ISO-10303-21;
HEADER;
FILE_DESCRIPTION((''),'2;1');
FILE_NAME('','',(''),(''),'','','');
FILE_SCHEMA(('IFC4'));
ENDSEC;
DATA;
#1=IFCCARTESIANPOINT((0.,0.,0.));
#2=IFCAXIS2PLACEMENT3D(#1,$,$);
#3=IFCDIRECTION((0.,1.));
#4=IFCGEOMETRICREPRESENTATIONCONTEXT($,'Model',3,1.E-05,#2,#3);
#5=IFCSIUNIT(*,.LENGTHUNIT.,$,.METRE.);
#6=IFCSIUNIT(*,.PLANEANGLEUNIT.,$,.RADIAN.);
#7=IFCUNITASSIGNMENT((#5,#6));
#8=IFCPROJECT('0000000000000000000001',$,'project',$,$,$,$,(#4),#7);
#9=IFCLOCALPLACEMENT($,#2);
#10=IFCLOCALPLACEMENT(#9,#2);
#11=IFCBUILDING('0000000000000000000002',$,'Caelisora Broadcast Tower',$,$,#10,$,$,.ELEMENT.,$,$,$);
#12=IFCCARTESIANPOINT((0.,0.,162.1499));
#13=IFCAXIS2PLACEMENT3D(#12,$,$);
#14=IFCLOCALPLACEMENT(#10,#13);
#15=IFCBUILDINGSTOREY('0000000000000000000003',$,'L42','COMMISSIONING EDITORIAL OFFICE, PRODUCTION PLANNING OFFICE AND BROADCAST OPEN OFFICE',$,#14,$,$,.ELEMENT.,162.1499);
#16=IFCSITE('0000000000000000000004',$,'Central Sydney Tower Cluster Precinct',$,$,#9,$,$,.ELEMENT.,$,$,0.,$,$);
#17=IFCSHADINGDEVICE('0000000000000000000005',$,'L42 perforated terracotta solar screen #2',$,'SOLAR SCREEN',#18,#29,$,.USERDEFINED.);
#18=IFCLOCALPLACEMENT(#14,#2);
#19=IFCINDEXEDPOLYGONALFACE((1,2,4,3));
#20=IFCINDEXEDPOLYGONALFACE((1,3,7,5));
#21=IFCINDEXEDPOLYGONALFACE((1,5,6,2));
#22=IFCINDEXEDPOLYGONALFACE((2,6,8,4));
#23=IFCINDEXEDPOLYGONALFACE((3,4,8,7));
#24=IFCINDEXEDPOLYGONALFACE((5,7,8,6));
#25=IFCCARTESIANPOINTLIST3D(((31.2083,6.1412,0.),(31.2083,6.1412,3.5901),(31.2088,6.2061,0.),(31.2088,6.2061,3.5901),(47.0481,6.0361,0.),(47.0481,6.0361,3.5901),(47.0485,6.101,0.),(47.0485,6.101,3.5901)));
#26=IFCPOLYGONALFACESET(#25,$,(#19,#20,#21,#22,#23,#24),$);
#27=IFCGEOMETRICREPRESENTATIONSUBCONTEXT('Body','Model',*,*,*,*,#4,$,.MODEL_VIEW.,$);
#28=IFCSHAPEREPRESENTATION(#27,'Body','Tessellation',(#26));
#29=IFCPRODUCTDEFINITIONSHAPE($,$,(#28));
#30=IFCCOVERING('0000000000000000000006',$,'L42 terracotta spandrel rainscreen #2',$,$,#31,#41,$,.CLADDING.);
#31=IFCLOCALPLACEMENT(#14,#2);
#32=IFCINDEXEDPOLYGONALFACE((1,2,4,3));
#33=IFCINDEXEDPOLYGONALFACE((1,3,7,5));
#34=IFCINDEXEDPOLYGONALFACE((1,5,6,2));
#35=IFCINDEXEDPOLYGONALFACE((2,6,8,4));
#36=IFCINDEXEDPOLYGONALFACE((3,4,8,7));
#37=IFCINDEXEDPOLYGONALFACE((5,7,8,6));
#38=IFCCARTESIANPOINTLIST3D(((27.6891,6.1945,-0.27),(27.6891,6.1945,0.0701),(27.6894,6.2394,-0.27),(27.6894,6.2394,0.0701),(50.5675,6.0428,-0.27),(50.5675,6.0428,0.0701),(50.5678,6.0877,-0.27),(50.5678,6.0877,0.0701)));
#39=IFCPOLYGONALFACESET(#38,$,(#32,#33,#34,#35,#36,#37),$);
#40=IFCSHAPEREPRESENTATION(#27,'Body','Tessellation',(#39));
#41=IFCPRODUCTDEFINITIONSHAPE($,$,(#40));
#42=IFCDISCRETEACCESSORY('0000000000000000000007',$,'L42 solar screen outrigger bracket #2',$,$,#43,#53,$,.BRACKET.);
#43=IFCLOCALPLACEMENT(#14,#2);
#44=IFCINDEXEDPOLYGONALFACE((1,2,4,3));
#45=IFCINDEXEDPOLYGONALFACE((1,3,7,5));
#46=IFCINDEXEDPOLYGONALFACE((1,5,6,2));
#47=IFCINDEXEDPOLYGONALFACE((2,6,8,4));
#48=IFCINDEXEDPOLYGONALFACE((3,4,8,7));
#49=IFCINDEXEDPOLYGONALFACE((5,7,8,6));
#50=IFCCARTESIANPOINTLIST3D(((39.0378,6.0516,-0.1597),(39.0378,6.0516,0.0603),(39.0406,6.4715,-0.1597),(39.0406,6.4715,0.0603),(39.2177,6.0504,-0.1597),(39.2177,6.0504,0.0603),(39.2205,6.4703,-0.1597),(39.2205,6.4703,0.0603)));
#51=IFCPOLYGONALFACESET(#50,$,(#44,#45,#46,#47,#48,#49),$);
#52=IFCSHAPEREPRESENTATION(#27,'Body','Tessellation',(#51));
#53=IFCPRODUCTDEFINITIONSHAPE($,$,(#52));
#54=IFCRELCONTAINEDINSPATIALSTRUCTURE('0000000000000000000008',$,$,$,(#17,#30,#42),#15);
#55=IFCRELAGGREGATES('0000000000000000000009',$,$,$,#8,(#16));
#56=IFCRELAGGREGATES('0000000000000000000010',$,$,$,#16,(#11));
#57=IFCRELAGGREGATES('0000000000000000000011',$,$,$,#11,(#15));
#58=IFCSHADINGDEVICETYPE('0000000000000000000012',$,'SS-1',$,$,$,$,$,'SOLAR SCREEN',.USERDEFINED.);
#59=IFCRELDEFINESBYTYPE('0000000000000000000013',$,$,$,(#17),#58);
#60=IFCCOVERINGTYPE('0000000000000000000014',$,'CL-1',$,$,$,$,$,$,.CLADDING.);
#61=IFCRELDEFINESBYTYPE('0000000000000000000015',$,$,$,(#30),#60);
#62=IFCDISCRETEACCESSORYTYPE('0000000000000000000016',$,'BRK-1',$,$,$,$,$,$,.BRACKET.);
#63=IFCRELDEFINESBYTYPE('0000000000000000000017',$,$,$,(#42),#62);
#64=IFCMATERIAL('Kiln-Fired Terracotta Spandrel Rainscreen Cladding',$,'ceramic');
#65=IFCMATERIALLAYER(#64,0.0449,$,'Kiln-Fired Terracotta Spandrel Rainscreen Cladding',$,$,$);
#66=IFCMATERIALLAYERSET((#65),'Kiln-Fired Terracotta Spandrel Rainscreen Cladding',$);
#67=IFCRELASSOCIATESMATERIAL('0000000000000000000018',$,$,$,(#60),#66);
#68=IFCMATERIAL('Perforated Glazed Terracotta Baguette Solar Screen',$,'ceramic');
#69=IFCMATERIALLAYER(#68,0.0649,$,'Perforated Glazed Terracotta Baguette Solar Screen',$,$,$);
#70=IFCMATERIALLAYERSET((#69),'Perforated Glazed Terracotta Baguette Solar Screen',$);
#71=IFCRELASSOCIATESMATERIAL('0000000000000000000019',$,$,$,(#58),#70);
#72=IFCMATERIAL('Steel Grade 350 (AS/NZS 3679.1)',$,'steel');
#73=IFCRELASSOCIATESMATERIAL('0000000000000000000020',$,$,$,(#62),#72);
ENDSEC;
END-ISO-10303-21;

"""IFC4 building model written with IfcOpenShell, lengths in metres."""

from ifc_helpers import new_model, si_unit, direction, frame, origin, origin_2d, place, context, subcontext, project, spatial, rectangle, extrude, source, transform, mapped, material, layer, layer_set, type_object, type_shapes, element, save


model = new_model("IFC4")

# Units and contexts
model_context = context("Model", 3, precision=1e-05, world=origin(), true_north=direction((0.0, 1.0)))
body_context = subcontext(model_context, "Body", "Model", "MODEL_VIEW")
ifc_project = project(units=[si_unit("LENGTHUNIT", "METRE"), si_unit("PLANEANGLEUNIT", "RADIAN")], contexts=[model_context])

# Site, building, storey
site_placement = place(None, origin())
site = spatial("IfcSite", under=ifc_project, at=site_placement, Name="Central Sydney Tower Cluster Precinct", CompositionType="ELEMENT", RefElevation=0.0)
building_placement = place(site_placement, origin())
building = spatial("IfcBuilding", under=site, at=building_placement, Name="Caelisora Broadcast Tower", CompositionType="ELEMENT")
storey_placement = place(building_placement, frame((0.0, 0.0, 162.1499)))
storey = spatial("IfcBuildingStorey", under=building, at=storey_placement, Name="L42", Description="COMMISSIONING EDITORIAL OFFICE, PRODUCTION PLANNING OFFICE AND BROADCAST OPEN OFFICE", CompositionType="ELEMENT", Elevation=162.1499)

# Shared definitions
ifc_material_1 = material(Name="Steel Grade 350 (AS/NZS 3679.1)", Category="steel")

# Shared definitions
ifc_material_2 = material(Name="Kiln-Fired Terracotta Spandrel Rainscreen Cladding", Category="ceramic")
ifc_layer_1 = layer(ifc_material_2, 0.0449, Name="Kiln-Fired Terracotta Spandrel Rainscreen Cladding")
ifc_layer_set_1 = layer_set([ifc_layer_1], Name="Kiln-Fired Terracotta Spandrel Rainscreen Cladding")
covering_type = type_object("IfcCoveringType", Name="CL-1", PredefinedType="CLADDING", material=ifc_layer_set_1)

# Shading device
ifc_material_3 = material(Name="Perforated Glazed Terracotta Baguette Solar Screen", Category="ceramic")
ifc_layer_2 = layer(ifc_material_3, 0.0649, Name="Perforated Glazed Terracotta Baguette Solar Screen")
ifc_layer_set_2 = layer_set([ifc_layer_2], Name="Perforated Glazed Terracotta Baguette Solar Screen")
shading_device_type_1 = type_object("IfcShadingDeviceType", Name="SS-1", ElementType="SOLAR SCREEN", PredefinedType="USERDEFINED", material=ifc_layer_set_2)
shared_shape_1 = source(origin(), body_context, "Body", "SweptSolid", [
    extrude(rectangle(XDim=15.8401, YDim=0.0649, at=origin_2d()), origin(), (0.0, 0.0, 1.0), 3.5901),
])
type_shapes(shading_device_type_1, [shared_shape_1])
shading_device_1_placement = place(storey_placement, frame((39.1284, 6.1211, 0.0), z_axis=(0.0, 0.0, 1.0), x_axis=(0.999978, -0.006632, 0.0)))
element("IfcShadingDevice", 1, at=shading_device_1_placement, inside=storey, type_object=shading_device_type_1, Name="L42 perforated terracotta solar screen #2", ObjectType="SOLAR SCREEN", PredefinedType="USERDEFINED", context=body_context, shape_type="MappedRepresentation", body=[
    mapped(shared_shape_1, transform((0.0, 0.0, 0.0), scale=1.0)),
])

# Covering
shared_shape_2 = source(origin(), body_context, "Body", "SweptSolid", [
    extrude(rectangle(XDim=22.8789, YDim=0.0449, at=origin_2d()), origin(), (0.0, 0.0, 1.0), 0.3401),
])
covering_1_placement = place(storey_placement, frame((39.1284, 6.1411, -0.27), z_axis=(0.0, 0.0, 1.0), x_axis=(0.999978, -0.006632, 0.0)))
element("IfcCovering", 2, at=covering_1_placement, inside=storey, type_object=covering_type, Name="L42 terracotta spandrel rainscreen #2", PredefinedType="CLADDING", context=body_context, shape_type="MappedRepresentation", body=[
    mapped(shared_shape_2, transform((0.0, 0.0, 0.0), scale=1.0)),
])

# Discrete accessory
discrete_accessory_type = type_object("IfcDiscreteAccessoryType", Name="BRK-1", PredefinedType="BRACKET", material=ifc_material_1)
shared_shape_3 = source(origin(), body_context, "Body", "SweptSolid", [
    extrude(rectangle(XDim=0.1799, YDim=0.4199, at=origin_2d()), origin(), (0.0, 0.0, 1.0), 0.22),
])
type_shapes(discrete_accessory_type, [shared_shape_3])
discrete_accessory_placement = place(storey_placement, frame((39.1292, 6.261, -0.1597), z_axis=(0.0, 0.0, 1.0), x_axis=(0.999978, -0.006632, 0.0)))
element("IfcDiscreteAccessory", 3, at=discrete_accessory_placement, inside=storey, type_object=discrete_accessory_type, Name="L42 solar screen outrigger bracket #2", PredefinedType="BRACKET", context=body_context, shape_type="MappedRepresentation", body=[
    mapped(shared_shape_3, transform((0.0, 0.0, 0.0), scale=1.0)),
])

save(model, "model.ifc")
